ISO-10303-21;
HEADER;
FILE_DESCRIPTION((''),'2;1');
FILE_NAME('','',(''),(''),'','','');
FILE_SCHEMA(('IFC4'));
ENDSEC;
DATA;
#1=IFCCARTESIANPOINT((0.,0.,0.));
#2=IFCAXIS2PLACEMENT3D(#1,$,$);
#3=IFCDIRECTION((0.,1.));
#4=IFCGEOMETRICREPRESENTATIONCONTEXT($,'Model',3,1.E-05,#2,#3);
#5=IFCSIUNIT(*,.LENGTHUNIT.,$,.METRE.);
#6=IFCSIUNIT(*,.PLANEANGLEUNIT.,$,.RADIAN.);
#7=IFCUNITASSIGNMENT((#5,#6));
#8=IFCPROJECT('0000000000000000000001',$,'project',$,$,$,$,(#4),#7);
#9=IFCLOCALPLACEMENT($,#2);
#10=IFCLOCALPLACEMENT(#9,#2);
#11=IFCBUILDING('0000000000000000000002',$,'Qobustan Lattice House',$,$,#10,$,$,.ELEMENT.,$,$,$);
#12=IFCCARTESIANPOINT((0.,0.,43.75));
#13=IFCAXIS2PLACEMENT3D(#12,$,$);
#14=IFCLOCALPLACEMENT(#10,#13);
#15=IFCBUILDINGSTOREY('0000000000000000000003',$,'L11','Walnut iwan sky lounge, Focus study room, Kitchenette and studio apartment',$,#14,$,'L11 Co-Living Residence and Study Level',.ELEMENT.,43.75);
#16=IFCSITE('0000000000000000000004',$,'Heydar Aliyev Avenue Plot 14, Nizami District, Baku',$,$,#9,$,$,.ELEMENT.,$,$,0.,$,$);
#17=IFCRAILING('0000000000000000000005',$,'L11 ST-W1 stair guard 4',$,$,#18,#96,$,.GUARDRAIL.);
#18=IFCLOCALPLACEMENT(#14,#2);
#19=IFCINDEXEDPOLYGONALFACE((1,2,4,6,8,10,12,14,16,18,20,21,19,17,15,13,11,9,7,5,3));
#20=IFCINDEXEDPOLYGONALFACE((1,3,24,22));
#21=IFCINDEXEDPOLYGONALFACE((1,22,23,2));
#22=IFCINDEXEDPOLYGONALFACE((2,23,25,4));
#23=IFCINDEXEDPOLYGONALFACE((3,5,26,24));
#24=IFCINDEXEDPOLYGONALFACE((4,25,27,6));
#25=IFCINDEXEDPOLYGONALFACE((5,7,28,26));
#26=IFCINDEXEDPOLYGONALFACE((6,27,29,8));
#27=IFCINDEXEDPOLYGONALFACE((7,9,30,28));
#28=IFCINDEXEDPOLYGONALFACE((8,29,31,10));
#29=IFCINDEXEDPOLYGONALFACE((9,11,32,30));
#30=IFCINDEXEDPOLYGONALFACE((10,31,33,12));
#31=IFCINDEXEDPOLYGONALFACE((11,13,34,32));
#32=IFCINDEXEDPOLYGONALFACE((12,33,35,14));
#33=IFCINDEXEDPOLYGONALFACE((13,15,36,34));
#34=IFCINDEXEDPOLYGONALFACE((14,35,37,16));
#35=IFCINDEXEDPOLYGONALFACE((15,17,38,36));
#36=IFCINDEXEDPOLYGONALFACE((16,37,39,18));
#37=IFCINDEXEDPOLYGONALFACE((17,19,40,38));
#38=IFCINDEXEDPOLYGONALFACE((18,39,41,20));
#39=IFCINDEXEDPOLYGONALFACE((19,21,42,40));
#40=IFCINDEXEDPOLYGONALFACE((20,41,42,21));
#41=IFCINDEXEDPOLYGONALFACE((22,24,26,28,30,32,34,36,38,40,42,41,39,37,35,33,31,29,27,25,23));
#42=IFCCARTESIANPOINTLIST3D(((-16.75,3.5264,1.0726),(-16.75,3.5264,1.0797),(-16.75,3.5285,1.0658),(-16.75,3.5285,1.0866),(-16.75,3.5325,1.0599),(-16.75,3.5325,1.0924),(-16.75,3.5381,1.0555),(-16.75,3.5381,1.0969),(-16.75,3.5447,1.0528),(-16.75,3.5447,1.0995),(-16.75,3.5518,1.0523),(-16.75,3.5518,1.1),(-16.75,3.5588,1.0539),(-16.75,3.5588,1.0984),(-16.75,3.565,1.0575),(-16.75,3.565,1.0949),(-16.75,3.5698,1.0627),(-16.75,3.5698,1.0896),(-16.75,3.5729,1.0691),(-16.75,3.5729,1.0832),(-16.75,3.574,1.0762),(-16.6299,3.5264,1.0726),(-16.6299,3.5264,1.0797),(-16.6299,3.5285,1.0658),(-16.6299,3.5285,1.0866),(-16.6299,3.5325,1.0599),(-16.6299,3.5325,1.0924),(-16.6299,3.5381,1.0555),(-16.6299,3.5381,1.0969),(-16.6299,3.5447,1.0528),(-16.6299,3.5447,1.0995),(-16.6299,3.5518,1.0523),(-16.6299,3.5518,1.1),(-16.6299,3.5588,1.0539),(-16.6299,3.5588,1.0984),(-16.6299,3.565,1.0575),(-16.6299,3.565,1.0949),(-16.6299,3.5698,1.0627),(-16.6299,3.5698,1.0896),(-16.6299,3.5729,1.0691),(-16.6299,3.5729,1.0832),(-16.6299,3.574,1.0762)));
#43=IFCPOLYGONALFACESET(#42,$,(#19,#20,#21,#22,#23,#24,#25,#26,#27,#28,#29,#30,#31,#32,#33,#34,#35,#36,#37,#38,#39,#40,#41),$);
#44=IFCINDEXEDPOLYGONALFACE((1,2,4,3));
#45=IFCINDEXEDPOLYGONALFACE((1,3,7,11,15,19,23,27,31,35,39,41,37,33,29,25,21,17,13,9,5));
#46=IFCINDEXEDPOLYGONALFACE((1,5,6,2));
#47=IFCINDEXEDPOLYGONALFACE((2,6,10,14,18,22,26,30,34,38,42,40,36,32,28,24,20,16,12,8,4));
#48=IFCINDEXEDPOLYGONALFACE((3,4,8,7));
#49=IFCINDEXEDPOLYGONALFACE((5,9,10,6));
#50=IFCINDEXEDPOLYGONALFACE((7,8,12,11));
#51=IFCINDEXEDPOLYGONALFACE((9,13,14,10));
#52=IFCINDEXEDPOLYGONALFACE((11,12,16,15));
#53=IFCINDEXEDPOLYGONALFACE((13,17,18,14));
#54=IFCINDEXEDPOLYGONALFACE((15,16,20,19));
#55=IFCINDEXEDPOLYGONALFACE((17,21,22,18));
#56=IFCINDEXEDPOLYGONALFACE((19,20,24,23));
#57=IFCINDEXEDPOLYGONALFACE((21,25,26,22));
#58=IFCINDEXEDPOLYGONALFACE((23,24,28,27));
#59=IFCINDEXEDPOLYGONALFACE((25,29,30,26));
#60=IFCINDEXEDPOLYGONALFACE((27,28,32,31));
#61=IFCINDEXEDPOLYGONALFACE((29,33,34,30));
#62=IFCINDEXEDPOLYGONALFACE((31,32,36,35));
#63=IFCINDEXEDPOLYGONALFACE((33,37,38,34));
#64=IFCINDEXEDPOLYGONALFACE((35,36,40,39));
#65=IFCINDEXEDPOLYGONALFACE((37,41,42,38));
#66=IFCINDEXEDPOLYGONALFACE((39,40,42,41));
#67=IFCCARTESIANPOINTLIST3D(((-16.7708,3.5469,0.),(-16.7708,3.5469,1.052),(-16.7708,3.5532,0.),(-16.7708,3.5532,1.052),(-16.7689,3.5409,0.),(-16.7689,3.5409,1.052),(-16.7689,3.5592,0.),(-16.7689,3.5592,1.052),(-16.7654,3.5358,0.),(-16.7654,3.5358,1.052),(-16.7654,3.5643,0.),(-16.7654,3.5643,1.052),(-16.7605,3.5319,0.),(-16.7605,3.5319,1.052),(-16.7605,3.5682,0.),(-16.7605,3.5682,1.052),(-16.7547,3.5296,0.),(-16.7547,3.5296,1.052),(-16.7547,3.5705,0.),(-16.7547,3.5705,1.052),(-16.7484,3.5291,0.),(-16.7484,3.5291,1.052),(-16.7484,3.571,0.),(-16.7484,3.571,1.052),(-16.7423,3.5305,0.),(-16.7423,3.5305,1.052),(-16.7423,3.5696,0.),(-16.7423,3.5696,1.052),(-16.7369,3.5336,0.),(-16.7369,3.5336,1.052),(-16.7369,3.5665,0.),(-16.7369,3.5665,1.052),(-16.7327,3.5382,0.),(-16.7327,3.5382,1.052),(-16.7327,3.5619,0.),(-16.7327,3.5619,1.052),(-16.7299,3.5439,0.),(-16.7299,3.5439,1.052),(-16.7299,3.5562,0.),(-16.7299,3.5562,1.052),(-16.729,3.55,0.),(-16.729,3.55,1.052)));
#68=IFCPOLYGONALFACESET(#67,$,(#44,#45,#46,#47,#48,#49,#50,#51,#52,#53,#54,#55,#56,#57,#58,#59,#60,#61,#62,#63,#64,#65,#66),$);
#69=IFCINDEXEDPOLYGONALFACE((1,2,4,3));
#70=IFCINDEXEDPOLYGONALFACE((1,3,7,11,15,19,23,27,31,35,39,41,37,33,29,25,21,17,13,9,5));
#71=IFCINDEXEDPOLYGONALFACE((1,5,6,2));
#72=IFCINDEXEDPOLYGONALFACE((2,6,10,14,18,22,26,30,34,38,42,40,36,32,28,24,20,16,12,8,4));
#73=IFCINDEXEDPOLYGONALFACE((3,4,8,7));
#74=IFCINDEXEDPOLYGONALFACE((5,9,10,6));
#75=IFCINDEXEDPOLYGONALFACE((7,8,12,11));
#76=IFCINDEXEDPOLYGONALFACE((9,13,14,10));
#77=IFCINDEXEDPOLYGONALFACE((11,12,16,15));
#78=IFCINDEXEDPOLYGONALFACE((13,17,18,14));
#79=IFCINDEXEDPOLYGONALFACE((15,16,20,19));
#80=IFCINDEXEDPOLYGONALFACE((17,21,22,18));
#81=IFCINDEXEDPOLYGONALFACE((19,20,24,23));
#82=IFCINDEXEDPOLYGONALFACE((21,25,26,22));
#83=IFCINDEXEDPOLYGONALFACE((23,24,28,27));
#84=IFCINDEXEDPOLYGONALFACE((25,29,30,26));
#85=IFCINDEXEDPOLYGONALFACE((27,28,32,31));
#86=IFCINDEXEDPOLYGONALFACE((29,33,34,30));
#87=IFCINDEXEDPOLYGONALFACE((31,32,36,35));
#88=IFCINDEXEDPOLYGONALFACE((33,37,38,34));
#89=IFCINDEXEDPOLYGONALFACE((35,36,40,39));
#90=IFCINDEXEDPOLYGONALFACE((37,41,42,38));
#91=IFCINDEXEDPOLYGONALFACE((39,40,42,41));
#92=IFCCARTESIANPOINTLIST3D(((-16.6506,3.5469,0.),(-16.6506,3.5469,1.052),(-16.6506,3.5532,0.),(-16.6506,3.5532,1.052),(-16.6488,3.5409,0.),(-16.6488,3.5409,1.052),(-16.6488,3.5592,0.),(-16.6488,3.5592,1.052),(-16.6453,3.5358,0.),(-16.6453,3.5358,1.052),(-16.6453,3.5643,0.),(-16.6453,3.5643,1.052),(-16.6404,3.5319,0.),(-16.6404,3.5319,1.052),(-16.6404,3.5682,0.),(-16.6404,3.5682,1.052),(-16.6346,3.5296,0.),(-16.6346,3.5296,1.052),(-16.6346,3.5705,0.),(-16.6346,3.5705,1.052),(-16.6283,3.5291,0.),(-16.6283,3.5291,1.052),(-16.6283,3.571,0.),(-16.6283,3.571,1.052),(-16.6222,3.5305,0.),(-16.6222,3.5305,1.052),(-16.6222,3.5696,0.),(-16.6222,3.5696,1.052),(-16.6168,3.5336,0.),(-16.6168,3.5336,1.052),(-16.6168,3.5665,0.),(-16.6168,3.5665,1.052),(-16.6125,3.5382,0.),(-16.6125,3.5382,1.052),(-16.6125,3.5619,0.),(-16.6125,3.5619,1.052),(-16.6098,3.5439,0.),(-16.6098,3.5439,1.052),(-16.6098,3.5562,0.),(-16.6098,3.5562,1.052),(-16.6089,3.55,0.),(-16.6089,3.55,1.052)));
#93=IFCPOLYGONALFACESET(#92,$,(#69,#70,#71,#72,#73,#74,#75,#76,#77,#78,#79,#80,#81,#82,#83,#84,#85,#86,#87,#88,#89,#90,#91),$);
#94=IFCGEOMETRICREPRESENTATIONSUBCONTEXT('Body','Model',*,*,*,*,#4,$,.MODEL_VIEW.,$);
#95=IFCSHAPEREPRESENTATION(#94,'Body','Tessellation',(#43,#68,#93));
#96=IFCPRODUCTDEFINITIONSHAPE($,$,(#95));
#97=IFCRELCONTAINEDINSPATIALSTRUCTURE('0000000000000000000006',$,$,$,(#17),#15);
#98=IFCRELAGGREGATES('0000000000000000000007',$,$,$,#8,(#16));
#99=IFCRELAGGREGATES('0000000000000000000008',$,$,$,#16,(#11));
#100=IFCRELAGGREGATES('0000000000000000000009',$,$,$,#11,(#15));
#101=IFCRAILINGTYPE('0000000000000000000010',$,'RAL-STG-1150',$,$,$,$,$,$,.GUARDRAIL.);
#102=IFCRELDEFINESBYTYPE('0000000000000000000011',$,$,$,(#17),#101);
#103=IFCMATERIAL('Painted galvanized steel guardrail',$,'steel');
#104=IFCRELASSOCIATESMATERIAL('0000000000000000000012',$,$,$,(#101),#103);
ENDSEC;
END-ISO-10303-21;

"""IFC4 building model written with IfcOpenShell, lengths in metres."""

from ifc_helpers import new_model, si_unit, direction, frame, origin, origin_2d, place, context, subcontext, project, spatial, circle, extrude, material, type_object, element, save


model = new_model("IFC4")

# Units and contexts
model_context = context("Model", 3, precision=1e-05, world=origin(), true_north=direction((0.0, 1.0)))
body_context = subcontext(model_context, "Body", "Model", "MODEL_VIEW")
ifc_project = project(units=[si_unit("LENGTHUNIT", "METRE"), si_unit("PLANEANGLEUNIT", "RADIAN")], contexts=[model_context])

# Site, building, storey
site_placement = place(None, origin())
site = spatial("IfcSite", under=ifc_project, at=site_placement, Name="Heydar Aliyev Avenue Plot 14, Nizami District, Baku", CompositionType="ELEMENT", RefElevation=0.0)
building_placement = place(site_placement, origin())
building = spatial("IfcBuilding", under=site, at=building_placement, Name="Qobustan Lattice House", CompositionType="ELEMENT")
storey_placement = place(building_placement, frame((0.0, 0.0, 43.75)))
storey = spatial("IfcBuildingStorey", under=building, at=storey_placement, Name="L11", Description="Walnut iwan sky lounge, Focus study room, Kitchenette and studio apartment", LongName="L11 Co-Living Residence and Study Level", CompositionType="ELEMENT", Elevation=43.75)

# Railing
ifc_material_1 = material(Name="Painted galvanized steel guardrail", Category="steel")
railing_type_1 = type_object("IfcRailingType", Name="RAL-STG-1150", PredefinedType="GUARDRAIL", material=ifc_material_1)
railing_1_placement = place(storey_placement, frame((-16.75, 3.55, 0.0)))
element("IfcRailing", 1, at=railing_1_placement, inside=storey, type_object=railing_type_1, Name="L11 ST-W1 stair guard 4", PredefinedType="GUARDRAIL", context=body_context, shape_type="SweptSolid", body=[
    extrude(circle(Radius=0.0239, at=origin_2d()), frame((0.0, 0.0, 1.0762), z_axis=(1.0, 0.0, 0.0), x_axis=(0.0, 1.0, 0.0)), (0.0, 0.0, 1.0), 0.1201),
    extrude(circle(Radius=0.021, at=origin_2d()), origin(), (0.0, 0.0, 1.0), 1.052),
    extrude(circle(Radius=0.021, at=origin_2d()), frame((0.1201, 0.0, 0.0)), (0.0, 0.0, 1.0), 1.052),
])

save(model, "model.ifc")
